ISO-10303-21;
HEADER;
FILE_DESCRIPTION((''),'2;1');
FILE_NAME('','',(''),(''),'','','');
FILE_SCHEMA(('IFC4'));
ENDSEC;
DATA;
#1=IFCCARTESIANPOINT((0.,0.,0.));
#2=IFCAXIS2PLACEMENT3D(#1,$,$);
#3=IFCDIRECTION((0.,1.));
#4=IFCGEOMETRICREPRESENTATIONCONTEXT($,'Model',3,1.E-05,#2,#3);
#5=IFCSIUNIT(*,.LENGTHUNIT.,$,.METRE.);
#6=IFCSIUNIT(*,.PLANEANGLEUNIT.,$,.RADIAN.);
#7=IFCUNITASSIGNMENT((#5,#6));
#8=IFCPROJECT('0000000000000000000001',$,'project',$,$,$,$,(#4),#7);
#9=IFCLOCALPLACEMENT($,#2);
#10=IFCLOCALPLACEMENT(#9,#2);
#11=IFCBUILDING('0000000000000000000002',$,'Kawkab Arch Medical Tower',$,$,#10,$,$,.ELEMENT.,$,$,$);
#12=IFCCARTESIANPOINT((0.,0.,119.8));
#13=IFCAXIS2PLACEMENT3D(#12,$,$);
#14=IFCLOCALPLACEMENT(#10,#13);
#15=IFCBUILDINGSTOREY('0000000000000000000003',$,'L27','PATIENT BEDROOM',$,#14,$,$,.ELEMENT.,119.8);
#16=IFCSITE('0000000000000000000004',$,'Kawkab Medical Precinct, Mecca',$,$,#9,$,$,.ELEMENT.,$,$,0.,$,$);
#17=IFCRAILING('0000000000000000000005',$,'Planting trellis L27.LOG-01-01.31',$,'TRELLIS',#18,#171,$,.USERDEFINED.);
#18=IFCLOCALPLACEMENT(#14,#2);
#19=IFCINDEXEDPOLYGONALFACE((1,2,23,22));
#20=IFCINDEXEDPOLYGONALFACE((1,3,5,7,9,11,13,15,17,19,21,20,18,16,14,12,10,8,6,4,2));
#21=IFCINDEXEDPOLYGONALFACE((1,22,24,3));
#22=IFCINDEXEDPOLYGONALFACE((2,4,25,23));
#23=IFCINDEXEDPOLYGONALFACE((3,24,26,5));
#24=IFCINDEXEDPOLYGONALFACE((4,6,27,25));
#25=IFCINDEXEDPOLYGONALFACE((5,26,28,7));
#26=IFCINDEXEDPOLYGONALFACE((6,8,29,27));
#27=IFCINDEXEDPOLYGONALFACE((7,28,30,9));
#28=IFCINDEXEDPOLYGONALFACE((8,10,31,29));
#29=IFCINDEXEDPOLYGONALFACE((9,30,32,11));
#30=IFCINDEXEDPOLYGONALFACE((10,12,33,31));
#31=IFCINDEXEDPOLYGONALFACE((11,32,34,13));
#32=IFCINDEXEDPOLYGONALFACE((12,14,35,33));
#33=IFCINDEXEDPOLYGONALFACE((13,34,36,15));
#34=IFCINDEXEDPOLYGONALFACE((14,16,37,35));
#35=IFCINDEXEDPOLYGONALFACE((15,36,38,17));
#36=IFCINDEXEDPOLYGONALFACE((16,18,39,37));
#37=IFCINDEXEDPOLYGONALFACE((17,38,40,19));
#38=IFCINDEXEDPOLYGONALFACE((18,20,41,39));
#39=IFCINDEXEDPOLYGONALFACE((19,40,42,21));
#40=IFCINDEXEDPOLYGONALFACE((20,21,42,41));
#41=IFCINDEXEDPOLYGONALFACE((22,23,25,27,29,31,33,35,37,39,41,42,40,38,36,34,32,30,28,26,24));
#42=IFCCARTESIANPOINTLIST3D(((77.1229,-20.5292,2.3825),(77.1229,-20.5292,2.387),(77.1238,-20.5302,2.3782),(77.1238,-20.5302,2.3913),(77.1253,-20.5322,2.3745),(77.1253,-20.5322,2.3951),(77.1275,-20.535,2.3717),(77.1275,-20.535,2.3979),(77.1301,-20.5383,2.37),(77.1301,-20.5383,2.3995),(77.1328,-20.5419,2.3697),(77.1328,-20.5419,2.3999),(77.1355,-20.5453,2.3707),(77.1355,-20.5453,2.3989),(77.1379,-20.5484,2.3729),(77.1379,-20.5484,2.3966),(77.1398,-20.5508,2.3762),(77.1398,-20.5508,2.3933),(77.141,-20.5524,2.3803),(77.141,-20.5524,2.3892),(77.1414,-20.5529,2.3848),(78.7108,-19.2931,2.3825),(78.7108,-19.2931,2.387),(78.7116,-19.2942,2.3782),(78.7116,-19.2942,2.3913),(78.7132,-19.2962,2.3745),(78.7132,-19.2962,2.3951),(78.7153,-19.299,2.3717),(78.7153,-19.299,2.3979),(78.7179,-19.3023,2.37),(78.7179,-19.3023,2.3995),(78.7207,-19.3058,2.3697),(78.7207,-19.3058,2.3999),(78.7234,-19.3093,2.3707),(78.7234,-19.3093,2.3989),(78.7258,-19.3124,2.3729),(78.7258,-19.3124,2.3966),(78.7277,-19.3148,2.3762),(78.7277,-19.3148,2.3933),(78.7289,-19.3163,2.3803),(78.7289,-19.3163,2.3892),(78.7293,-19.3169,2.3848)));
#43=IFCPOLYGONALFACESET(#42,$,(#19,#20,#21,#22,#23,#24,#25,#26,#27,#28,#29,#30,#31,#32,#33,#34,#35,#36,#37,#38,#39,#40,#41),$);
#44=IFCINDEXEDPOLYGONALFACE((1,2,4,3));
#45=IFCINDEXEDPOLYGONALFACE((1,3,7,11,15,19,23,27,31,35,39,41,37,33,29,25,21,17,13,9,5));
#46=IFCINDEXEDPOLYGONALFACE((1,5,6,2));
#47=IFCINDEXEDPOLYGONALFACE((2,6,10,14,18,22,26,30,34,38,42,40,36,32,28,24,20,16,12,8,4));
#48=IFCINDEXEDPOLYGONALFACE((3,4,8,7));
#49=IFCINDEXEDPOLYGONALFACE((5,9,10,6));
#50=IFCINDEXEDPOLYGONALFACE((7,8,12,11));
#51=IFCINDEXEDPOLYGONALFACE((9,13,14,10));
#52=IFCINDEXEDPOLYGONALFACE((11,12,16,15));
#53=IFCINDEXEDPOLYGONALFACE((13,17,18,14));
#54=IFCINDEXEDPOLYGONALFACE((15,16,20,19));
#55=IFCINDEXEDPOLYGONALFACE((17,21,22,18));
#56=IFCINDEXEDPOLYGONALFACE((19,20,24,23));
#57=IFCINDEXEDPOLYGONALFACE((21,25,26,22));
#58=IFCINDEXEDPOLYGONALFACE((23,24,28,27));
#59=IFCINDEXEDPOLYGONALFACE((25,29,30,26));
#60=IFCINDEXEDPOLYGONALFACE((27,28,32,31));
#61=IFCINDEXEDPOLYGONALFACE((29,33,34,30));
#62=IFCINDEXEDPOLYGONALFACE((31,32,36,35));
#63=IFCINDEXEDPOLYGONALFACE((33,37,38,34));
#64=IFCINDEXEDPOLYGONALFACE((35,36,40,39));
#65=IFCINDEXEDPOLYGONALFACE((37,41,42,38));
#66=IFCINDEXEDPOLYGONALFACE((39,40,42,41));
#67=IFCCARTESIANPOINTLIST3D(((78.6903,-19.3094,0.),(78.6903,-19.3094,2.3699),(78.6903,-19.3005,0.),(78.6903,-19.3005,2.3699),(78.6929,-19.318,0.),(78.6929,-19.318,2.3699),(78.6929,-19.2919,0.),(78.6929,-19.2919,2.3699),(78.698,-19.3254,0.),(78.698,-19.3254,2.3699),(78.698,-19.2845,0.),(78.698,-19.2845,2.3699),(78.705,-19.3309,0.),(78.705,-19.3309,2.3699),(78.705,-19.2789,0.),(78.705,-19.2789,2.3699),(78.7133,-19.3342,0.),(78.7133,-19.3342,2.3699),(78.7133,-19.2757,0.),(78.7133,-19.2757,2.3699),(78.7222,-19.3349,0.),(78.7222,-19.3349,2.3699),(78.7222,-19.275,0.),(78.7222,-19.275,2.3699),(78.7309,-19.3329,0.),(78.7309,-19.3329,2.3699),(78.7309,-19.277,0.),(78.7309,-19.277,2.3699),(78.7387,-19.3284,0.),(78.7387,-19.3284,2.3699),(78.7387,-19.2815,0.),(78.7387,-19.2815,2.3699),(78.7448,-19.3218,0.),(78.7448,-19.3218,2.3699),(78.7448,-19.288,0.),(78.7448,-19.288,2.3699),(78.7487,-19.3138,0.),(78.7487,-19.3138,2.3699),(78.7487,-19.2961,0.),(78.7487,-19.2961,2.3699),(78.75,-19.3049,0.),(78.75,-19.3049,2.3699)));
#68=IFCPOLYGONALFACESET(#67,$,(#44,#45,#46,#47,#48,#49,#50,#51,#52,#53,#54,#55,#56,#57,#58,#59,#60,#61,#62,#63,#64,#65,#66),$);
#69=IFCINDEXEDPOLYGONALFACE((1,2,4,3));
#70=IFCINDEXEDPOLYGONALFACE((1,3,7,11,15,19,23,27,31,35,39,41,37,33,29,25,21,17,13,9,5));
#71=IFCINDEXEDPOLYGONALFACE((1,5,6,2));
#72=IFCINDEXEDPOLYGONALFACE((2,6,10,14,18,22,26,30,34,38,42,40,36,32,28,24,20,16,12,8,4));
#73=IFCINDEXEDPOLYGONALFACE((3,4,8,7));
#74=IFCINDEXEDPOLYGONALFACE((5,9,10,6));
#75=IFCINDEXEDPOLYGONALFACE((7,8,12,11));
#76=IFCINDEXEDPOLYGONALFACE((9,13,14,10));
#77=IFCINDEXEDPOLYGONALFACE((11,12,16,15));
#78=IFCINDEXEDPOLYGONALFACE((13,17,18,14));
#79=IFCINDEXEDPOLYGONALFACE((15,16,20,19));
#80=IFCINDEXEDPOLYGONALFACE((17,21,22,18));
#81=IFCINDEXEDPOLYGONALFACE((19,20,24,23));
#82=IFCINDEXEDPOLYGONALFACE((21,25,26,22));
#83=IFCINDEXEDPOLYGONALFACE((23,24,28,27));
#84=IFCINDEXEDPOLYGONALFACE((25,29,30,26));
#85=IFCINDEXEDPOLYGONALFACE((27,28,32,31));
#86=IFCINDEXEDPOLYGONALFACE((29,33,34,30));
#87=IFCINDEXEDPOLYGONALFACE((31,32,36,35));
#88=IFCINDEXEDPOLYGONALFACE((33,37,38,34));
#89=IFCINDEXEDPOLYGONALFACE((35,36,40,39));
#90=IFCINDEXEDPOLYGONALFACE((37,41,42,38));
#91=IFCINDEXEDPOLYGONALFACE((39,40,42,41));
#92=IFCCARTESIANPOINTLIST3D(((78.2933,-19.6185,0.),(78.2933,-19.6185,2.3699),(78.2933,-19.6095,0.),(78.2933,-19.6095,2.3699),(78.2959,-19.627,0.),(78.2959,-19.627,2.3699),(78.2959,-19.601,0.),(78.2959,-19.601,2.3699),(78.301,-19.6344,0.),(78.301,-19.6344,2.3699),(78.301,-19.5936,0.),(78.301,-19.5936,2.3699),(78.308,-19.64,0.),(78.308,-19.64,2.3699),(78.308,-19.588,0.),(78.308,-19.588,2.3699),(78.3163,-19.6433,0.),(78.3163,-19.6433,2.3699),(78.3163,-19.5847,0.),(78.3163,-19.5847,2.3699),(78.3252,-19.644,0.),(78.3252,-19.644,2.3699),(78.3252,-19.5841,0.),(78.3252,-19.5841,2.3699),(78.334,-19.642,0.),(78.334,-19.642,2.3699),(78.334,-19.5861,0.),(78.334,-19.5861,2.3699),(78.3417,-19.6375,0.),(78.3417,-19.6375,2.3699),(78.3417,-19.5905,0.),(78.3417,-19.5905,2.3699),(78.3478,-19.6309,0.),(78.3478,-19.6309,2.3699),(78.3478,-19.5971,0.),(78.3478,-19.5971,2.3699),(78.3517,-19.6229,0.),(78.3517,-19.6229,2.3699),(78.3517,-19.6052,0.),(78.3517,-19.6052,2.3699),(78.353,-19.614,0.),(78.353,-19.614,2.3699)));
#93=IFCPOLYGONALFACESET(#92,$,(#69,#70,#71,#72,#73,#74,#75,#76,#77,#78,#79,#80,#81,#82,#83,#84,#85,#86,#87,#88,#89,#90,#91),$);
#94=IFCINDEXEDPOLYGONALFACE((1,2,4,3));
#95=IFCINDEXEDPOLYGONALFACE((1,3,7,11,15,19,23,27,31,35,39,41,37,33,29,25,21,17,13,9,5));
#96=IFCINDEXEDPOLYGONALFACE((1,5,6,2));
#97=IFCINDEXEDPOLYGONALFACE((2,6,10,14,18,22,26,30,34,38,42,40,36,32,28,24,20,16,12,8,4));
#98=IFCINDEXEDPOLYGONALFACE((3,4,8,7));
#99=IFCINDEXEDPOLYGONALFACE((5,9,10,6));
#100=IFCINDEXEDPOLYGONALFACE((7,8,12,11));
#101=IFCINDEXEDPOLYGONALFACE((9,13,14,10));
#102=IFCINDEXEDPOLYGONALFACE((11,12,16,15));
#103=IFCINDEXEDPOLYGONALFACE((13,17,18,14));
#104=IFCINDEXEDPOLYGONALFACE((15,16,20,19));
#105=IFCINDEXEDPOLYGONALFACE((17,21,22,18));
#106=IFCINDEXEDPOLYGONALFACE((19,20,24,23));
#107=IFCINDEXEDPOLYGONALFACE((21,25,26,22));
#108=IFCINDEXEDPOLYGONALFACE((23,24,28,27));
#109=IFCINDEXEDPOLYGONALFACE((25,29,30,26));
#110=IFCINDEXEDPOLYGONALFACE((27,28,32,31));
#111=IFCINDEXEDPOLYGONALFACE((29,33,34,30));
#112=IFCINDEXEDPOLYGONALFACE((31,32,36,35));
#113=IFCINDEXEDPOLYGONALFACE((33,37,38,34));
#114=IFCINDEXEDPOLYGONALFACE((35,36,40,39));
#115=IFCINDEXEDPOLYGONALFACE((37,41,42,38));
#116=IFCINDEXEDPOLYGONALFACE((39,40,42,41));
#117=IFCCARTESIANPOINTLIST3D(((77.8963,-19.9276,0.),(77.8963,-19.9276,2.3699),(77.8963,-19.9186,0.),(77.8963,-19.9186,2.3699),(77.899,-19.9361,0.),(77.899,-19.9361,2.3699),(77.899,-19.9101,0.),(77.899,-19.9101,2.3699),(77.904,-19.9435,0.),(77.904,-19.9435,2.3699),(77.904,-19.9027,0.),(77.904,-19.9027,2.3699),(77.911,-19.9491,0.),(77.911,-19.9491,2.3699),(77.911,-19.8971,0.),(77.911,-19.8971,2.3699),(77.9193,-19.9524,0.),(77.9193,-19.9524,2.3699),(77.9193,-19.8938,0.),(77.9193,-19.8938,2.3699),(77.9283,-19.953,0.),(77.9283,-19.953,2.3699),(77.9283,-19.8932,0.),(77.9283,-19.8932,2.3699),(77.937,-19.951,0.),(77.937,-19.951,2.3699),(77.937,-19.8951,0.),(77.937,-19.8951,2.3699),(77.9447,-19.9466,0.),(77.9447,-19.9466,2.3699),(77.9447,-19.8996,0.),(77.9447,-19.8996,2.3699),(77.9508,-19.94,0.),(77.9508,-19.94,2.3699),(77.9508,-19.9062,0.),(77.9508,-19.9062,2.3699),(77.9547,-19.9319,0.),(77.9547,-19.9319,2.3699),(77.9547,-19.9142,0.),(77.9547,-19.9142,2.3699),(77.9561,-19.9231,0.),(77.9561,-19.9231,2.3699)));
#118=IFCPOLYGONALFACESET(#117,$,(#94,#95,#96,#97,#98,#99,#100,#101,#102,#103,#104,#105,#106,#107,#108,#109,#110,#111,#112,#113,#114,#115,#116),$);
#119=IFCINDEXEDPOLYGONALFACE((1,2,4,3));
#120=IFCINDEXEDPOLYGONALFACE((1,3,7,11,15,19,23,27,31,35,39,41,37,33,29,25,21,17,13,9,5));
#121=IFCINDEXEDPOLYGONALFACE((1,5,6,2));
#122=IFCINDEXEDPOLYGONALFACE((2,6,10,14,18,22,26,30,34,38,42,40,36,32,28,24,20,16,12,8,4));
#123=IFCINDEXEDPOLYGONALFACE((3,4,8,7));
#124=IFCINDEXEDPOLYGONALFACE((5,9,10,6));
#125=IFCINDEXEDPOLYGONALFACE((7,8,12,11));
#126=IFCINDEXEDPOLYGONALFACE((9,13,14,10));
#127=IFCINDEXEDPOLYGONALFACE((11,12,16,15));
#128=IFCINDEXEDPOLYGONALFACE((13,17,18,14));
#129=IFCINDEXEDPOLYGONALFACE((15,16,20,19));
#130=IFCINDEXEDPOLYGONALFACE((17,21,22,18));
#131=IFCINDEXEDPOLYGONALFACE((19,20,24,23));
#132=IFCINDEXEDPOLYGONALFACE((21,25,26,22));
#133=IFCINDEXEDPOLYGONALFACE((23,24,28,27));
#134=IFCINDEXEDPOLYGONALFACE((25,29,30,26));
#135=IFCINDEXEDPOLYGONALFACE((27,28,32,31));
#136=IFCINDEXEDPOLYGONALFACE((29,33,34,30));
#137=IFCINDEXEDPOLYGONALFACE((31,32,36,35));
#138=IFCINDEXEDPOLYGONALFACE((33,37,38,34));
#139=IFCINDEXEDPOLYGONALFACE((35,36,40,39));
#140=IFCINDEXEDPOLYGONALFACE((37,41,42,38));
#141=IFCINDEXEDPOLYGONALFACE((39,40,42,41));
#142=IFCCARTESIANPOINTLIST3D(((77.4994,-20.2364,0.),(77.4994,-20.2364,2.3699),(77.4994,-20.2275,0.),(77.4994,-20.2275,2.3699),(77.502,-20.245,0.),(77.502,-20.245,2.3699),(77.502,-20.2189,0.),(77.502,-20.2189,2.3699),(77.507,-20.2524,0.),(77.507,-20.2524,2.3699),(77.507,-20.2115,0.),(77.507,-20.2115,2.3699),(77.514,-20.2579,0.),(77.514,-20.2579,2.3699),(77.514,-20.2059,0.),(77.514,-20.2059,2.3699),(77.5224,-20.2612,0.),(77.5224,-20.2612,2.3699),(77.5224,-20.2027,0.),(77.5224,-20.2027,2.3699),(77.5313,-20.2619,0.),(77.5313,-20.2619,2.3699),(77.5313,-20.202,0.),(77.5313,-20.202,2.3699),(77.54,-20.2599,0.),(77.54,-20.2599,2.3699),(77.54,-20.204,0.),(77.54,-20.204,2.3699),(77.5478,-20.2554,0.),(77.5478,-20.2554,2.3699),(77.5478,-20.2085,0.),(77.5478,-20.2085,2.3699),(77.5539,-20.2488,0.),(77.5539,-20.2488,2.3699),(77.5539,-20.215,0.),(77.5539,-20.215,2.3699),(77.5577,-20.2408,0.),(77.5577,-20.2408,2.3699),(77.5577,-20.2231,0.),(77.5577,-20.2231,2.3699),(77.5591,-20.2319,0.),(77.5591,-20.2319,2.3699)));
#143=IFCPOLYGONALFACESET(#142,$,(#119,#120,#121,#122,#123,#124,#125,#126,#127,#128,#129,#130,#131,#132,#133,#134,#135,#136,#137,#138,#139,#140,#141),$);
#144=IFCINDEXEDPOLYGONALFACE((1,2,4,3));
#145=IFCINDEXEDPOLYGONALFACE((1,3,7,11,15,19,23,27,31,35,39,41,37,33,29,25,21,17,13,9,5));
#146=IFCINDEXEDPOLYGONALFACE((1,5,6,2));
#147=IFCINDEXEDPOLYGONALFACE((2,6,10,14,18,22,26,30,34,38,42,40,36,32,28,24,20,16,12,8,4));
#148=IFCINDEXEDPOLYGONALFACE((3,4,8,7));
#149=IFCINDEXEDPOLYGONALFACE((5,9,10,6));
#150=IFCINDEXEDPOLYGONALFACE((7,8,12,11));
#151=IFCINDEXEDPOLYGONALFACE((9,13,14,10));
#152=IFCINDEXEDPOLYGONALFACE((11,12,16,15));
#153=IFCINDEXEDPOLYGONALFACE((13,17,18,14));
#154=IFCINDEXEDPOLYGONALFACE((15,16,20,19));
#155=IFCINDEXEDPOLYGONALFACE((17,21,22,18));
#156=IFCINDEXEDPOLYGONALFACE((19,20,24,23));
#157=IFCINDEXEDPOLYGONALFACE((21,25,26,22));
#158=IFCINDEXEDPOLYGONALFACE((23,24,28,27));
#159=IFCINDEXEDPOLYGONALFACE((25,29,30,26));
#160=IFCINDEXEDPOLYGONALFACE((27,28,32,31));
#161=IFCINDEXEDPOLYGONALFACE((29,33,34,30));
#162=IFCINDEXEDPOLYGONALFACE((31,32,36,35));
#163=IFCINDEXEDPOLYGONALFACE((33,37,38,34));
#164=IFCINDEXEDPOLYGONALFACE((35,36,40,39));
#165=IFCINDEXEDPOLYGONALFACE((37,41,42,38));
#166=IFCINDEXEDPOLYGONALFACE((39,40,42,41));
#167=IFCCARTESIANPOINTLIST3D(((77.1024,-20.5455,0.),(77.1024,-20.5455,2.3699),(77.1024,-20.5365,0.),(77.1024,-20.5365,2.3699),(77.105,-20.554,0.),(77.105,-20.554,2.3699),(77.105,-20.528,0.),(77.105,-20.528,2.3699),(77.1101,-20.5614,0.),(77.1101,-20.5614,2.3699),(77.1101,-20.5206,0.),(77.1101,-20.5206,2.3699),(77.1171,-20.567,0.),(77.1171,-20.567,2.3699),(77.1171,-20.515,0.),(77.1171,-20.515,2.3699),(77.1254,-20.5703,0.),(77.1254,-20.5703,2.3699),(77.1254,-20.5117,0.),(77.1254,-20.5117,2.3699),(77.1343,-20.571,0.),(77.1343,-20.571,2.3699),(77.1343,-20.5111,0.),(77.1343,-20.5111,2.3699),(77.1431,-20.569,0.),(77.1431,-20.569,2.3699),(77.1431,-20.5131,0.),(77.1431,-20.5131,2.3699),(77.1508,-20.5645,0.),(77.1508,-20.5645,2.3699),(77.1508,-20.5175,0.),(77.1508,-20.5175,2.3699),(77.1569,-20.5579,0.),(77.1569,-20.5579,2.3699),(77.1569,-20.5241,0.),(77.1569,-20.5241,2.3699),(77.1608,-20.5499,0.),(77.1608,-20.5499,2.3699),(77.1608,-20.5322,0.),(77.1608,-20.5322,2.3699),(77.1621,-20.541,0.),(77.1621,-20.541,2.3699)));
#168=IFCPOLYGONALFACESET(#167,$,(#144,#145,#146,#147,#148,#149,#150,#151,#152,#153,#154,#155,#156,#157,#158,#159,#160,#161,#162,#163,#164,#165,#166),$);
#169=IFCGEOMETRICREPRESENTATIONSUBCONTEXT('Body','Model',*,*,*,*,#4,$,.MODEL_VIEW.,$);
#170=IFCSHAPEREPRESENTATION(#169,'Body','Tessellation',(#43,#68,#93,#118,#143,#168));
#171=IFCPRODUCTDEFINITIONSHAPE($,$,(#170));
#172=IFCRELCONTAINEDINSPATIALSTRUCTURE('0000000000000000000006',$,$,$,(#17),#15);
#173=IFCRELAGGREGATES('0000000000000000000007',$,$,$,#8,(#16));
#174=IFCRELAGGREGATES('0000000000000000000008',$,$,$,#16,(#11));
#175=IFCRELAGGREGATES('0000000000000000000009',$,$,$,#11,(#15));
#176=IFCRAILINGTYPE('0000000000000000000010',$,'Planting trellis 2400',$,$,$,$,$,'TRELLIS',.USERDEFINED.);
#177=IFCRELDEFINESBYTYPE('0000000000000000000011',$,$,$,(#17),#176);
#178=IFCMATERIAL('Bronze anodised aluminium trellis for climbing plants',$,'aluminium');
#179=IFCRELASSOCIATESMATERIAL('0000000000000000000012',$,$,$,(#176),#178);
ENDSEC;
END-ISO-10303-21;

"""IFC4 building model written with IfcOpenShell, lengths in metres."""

from ifc_helpers import new_model, si_unit, direction, frame, origin, origin_2d, place, context, subcontext, project, spatial, circle, extrude, material, type_object, element, save


model = new_model("IFC4")

# Units and contexts
model_context = context("Model", 3, precision=1e-05, world=origin(), true_north=direction((0.0, 1.0)))
body_context = subcontext(model_context, "Body", "Model", "MODEL_VIEW")
ifc_project = project(units=[si_unit("LENGTHUNIT", "METRE"), si_unit("PLANEANGLEUNIT", "RADIAN")], contexts=[model_context])

# Site, building, storey
site_placement = place(None, origin())
site = spatial("IfcSite", under=ifc_project, at=site_placement, Name="Kawkab Medical Precinct, Mecca", CompositionType="ELEMENT", RefElevation=0.0)
building_placement = place(site_placement, origin())
building = spatial("IfcBuilding", under=site, at=building_placement, Name="Kawkab Arch Medical Tower", CompositionType="ELEMENT")
storey_placement = place(building_placement, frame((0.0, 0.0, 119.8)))
storey = spatial("IfcBuildingStorey", under=building, at=storey_placement, Name="L27", Description="PATIENT BEDROOM", CompositionType="ELEMENT", Elevation=119.8)

# Railing
ifc_material_1 = material(Name="Bronze anodised aluminium trellis for climbing plants", Category="aluminium")
railing_type_1 = type_object("IfcRailingType", Name="Planting trellis 2400", ElementType="TRELLIS", PredefinedType="USERDEFINED", material=ifc_material_1)
railing_1_placement = place(storey_placement, frame((78.72, -19.3049, 0.0)))
element("IfcRailing", 1, at=railing_1_placement, inside=storey, type_object=railing_type_1, Name="Planting trellis L27.LOG-01-01.31", ObjectType="TRELLIS", PredefinedType="USERDEFINED", context=body_context, shape_type="SweptSolid", body=[
    extrude(circle(Radius=0.0151, at=origin_2d()), frame((0.0, 0.0, 2.3848), z_axis=(-0.789097, -0.614268, 0.0), x_axis=(0.614268, -0.789097, 0.0)), (0.0, 0.0, 1.0), 2.0122),
    extrude(circle(Radius=0.03, at=origin_2d()), origin(), (0.0, 0.0, 1.0), 2.3699),
    extrude(circle(Radius=0.03, at=origin_2d()), frame((-0.397, -0.3091, 0.0)), (0.0, 0.0, 1.0), 2.3699),
    extrude(circle(Radius=0.03, at=origin_2d()), frame((-0.7939, -0.6182, 0.0)), (0.0, 0.0, 1.0), 2.3699),
    extrude(circle(Radius=0.03, at=origin_2d()), frame((-1.1909, -0.927, 0.0)), (0.0, 0.0, 1.0), 2.3699),
    extrude(circle(Radius=0.03, at=origin_2d()), frame((-1.5879, -1.2361, 0.0)), (0.0, 0.0, 1.0), 2.3699),
])

save(model, "model.ifc")
